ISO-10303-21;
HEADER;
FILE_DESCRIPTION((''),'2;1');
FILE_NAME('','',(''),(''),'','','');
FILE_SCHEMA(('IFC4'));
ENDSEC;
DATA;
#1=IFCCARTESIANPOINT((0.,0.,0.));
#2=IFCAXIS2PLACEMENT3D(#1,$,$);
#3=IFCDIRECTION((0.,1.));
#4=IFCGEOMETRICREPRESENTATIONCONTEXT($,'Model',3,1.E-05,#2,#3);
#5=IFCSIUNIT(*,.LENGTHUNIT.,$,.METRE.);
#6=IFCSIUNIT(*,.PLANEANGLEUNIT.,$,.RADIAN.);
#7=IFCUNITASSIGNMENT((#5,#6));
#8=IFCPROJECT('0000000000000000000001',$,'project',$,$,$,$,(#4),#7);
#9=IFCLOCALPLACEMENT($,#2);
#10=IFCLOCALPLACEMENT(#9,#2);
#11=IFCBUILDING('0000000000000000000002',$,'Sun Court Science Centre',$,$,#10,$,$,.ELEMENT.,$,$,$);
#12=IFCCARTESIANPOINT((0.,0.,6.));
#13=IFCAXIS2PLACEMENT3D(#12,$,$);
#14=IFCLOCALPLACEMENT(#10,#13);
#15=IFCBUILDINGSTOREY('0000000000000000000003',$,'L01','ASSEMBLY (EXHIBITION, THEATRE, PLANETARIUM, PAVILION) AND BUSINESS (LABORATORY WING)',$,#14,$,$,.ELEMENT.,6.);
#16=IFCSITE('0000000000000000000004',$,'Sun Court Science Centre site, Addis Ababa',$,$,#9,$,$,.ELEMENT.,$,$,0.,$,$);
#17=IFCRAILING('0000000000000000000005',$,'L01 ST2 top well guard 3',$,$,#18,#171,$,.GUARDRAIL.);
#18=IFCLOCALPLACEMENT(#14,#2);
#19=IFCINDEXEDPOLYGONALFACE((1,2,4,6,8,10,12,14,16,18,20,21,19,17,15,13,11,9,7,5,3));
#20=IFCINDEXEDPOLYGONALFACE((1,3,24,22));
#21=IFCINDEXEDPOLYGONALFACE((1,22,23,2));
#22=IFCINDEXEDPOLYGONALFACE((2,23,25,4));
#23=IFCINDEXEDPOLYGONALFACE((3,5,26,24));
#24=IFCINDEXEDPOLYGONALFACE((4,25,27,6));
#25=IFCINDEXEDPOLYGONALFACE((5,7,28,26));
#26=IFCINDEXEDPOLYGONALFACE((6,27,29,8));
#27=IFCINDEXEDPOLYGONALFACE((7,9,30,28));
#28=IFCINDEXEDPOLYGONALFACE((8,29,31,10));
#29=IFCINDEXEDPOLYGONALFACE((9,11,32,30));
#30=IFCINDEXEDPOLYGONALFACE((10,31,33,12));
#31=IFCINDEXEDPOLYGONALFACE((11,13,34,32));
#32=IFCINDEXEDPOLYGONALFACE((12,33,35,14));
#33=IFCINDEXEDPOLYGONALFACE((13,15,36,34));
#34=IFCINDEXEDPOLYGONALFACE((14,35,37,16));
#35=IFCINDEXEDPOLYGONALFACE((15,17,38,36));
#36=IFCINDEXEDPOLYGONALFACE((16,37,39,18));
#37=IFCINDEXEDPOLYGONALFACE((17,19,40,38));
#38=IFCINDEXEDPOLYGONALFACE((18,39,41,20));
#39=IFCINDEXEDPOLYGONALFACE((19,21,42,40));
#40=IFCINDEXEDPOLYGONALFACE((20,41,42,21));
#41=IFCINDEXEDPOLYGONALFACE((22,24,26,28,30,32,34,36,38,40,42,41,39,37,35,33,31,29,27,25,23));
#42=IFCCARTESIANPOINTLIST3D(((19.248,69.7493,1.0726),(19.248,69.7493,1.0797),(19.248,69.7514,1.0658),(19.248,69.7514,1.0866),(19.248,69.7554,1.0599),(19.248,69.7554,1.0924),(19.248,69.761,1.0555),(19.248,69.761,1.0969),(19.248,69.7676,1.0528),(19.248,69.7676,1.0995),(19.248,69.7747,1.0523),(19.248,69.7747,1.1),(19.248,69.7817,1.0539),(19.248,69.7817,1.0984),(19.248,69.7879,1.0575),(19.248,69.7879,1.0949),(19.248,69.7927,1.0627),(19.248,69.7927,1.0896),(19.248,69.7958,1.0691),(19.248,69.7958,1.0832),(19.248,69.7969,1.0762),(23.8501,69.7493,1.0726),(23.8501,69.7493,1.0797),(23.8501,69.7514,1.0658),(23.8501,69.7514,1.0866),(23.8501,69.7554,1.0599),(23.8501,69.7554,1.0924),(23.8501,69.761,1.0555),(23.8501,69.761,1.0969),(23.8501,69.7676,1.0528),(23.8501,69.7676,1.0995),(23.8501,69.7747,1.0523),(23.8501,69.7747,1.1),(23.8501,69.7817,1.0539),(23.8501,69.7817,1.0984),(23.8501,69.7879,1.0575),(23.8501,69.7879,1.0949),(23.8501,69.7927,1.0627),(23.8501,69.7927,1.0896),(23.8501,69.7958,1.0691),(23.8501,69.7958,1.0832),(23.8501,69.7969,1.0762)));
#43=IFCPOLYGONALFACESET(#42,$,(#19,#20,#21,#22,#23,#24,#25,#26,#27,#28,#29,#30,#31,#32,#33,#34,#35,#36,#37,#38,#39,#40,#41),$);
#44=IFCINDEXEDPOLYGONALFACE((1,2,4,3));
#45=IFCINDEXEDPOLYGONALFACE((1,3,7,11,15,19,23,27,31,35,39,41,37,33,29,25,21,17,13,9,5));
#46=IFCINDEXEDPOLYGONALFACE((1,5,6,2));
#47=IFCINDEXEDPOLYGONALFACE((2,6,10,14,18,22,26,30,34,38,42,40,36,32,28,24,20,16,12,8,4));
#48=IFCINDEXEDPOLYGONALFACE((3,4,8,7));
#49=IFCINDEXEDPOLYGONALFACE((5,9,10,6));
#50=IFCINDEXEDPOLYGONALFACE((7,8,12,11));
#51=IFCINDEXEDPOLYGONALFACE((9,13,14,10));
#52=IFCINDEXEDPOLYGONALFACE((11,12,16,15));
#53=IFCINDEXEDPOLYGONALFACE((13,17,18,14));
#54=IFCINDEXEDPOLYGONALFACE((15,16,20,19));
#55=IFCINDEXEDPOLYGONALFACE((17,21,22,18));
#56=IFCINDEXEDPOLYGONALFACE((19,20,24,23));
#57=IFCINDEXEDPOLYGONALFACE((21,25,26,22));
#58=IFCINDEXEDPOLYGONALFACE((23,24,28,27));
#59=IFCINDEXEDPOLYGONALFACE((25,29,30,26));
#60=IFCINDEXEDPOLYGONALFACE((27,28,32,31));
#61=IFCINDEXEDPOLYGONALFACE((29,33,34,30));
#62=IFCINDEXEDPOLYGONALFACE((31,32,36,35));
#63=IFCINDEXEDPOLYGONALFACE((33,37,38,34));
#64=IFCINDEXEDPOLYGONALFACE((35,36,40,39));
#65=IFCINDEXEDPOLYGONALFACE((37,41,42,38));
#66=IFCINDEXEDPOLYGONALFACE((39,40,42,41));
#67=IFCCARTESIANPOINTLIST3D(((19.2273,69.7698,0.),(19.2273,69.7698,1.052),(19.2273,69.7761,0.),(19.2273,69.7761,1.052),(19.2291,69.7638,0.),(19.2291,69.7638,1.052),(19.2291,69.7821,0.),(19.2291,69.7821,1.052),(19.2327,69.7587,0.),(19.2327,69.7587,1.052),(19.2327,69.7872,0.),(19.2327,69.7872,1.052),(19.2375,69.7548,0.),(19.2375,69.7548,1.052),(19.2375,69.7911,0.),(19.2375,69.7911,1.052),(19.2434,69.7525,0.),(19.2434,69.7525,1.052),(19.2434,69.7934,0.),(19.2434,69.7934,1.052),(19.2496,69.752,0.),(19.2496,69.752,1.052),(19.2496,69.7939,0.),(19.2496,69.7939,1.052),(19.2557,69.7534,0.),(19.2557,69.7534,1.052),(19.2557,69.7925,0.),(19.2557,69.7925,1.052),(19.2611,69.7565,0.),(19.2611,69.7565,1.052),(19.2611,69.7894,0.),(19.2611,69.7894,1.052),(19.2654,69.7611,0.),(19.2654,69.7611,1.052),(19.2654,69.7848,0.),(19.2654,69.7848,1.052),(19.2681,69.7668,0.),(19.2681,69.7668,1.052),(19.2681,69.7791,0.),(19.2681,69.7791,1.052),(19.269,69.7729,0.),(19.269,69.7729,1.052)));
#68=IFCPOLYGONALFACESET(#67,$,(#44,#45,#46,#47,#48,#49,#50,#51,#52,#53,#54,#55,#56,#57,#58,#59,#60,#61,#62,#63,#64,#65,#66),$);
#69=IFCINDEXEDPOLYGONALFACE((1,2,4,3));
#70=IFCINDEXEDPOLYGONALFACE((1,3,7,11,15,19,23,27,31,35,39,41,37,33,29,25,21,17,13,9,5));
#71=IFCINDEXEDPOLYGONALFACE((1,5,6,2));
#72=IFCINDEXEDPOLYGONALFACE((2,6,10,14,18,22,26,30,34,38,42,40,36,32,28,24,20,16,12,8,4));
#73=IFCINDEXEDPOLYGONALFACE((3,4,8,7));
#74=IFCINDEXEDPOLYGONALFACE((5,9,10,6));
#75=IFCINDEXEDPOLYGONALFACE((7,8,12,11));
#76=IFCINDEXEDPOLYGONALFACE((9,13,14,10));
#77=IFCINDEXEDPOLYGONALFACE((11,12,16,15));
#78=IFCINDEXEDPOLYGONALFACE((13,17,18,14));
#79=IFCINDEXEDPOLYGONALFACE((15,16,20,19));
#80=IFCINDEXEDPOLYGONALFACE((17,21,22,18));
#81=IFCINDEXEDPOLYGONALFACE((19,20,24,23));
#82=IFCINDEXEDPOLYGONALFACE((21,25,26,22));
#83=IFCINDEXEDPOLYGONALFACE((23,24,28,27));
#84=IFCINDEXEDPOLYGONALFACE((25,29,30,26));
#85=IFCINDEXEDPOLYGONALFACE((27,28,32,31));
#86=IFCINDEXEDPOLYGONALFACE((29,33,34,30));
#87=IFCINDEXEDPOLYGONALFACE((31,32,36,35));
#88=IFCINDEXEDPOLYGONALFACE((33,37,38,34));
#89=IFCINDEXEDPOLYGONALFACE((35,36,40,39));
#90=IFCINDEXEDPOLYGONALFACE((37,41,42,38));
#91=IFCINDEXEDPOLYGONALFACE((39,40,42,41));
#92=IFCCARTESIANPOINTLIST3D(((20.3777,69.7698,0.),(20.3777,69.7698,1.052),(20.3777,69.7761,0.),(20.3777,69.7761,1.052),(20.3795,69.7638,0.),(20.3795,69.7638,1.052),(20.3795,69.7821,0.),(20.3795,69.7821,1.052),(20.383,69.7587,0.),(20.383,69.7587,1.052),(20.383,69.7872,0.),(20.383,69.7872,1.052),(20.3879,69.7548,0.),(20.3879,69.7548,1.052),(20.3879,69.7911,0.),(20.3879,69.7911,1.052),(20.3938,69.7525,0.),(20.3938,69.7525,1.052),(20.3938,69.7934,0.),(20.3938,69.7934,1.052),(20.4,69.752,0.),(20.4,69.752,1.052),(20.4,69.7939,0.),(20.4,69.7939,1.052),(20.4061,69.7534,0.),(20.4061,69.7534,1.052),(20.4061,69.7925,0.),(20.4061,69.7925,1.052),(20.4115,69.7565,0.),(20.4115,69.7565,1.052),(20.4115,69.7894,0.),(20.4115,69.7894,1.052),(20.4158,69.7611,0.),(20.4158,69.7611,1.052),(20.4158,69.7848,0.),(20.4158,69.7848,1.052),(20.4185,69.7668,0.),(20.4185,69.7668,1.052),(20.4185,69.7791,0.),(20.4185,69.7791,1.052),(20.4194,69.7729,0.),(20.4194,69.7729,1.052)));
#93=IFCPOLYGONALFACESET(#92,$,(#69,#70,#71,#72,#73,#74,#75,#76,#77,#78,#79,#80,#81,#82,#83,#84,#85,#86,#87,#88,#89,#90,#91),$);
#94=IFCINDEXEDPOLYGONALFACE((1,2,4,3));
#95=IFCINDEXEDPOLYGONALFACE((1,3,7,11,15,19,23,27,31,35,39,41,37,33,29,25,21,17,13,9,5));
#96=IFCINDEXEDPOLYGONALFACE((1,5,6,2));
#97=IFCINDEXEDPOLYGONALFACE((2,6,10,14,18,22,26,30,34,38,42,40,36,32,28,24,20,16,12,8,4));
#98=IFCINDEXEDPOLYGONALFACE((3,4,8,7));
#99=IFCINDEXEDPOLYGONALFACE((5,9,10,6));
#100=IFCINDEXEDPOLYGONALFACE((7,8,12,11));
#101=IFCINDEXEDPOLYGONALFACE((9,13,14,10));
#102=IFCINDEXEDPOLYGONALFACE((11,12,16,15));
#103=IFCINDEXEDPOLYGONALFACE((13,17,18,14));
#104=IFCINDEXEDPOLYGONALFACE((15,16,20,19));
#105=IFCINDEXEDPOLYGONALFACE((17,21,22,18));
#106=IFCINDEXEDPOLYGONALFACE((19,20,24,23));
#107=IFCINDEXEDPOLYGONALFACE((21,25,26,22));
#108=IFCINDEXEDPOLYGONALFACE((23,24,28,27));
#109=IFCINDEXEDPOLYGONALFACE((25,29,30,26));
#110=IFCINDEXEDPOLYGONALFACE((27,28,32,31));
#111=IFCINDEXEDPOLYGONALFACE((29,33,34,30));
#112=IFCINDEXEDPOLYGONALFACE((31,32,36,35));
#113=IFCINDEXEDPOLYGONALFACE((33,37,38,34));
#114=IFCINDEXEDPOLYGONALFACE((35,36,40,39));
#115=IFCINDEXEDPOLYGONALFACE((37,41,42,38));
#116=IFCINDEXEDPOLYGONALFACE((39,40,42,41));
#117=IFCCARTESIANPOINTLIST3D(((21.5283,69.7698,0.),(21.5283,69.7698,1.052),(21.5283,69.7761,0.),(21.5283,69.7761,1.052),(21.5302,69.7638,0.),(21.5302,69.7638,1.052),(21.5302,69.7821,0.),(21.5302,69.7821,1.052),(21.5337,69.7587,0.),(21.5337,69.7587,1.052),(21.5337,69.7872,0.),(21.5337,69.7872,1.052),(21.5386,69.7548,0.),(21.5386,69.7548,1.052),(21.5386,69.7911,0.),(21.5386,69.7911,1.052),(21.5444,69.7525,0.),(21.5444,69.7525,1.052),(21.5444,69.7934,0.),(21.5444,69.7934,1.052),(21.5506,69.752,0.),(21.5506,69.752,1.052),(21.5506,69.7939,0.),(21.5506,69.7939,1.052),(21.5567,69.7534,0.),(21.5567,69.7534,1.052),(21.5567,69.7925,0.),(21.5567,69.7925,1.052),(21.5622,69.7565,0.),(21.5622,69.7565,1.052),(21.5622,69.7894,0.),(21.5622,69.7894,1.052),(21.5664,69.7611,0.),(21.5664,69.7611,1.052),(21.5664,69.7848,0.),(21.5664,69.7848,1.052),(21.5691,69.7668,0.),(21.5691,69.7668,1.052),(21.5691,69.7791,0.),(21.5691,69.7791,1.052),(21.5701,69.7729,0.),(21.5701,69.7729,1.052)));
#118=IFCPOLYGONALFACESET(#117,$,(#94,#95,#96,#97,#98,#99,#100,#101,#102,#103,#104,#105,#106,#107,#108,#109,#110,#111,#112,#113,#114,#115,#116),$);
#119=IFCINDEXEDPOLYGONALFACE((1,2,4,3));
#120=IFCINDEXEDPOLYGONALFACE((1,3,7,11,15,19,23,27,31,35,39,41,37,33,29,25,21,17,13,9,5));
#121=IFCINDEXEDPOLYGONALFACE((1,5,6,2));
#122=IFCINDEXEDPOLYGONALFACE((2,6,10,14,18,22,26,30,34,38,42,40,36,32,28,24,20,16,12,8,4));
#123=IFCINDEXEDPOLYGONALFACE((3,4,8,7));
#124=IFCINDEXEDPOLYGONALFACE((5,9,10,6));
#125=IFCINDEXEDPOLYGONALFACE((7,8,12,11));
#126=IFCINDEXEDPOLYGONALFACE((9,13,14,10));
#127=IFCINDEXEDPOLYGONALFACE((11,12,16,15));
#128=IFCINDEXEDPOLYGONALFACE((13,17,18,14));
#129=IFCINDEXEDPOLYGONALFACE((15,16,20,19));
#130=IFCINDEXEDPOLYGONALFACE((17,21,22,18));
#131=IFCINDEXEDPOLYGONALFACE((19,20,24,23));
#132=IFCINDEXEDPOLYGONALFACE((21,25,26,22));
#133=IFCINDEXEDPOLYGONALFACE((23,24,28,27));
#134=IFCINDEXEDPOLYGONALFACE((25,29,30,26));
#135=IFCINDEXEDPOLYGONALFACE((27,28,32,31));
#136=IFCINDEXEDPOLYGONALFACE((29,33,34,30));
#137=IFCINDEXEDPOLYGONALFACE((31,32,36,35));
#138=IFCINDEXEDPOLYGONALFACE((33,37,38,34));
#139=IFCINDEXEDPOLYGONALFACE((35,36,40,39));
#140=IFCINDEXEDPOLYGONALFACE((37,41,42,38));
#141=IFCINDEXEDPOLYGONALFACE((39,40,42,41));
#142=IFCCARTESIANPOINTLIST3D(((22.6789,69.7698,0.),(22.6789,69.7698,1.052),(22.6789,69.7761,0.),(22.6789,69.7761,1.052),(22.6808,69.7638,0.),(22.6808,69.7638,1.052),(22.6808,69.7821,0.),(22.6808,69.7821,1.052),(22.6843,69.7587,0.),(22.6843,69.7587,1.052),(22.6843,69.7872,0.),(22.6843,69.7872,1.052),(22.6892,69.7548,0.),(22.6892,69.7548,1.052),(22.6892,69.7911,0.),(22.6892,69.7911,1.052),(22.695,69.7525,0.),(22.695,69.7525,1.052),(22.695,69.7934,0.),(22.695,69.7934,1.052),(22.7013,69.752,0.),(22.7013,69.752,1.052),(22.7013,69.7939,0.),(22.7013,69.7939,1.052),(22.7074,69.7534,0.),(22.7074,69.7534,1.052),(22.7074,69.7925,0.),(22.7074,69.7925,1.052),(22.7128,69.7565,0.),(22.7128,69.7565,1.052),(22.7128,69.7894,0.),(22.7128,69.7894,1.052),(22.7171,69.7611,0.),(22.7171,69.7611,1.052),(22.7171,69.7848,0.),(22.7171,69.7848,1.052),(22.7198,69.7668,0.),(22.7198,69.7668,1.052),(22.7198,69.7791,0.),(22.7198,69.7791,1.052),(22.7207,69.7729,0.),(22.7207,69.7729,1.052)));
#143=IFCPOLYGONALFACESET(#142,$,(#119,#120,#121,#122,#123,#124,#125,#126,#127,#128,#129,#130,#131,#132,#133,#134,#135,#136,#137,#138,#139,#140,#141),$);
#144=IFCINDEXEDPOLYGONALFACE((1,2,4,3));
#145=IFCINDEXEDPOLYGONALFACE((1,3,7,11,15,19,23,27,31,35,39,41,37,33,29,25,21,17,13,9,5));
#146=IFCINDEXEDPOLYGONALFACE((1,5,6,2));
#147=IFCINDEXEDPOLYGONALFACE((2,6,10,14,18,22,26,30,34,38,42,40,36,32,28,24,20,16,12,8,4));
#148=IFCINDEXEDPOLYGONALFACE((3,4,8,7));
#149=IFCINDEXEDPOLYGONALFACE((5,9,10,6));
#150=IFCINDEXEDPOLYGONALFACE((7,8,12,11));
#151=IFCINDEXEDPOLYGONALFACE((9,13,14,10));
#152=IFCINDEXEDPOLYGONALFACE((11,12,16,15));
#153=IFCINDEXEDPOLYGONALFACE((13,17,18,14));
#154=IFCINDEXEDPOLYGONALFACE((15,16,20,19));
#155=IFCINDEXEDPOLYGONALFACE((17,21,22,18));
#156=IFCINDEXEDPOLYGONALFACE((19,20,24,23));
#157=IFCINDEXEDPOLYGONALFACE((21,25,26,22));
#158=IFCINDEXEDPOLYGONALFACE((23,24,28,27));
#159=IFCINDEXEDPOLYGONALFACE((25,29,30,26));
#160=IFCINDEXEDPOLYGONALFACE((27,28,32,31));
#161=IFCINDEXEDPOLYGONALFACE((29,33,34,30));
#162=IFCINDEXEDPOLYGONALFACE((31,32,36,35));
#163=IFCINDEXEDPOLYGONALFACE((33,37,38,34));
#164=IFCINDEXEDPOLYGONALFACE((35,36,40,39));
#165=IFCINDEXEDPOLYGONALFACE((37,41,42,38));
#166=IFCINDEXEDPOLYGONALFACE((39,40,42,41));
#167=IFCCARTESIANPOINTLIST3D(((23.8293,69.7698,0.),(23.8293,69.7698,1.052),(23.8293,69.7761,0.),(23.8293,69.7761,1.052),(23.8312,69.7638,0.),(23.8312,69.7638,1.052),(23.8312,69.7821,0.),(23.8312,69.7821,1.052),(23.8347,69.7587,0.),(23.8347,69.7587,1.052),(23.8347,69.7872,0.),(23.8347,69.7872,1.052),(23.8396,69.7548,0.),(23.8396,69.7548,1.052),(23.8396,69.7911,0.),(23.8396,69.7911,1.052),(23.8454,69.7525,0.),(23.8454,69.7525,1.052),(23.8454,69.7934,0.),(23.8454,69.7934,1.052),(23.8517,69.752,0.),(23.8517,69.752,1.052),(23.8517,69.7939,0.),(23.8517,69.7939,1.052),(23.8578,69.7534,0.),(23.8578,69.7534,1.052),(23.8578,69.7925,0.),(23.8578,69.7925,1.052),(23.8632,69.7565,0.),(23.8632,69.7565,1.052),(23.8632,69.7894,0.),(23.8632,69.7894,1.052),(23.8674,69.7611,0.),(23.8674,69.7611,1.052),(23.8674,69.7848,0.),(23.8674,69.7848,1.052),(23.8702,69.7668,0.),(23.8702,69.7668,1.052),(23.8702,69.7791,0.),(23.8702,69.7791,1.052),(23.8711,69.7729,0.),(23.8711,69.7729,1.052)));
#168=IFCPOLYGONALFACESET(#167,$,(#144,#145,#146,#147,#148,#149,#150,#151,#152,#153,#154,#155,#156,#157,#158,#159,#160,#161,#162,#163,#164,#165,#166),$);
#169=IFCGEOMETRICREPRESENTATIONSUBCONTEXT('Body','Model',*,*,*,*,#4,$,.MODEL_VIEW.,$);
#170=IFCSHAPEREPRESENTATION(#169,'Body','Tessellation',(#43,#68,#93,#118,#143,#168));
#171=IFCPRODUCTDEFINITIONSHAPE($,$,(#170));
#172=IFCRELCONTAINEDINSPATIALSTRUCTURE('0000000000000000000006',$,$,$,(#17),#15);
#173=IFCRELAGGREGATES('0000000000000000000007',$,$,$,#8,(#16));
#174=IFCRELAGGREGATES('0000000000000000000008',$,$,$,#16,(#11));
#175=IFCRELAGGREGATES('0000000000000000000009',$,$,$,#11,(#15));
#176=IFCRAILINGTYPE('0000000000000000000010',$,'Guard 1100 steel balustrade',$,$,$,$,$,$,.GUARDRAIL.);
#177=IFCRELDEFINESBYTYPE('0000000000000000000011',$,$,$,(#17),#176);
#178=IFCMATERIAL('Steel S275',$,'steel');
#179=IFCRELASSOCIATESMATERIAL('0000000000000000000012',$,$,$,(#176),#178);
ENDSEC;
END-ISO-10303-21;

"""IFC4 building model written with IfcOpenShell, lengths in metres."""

from ifc_helpers import new_model, si_unit, direction, frame, origin, origin_2d, place, context, subcontext, project, spatial, circle, extrude, material, type_object, element, save


model = new_model("IFC4")

# Units and contexts
model_context = context("Model", 3, precision=1e-05, world=origin(), true_north=direction((0.0, 1.0)))
body_context = subcontext(model_context, "Body", "Model", "MODEL_VIEW")
ifc_project = project(units=[si_unit("LENGTHUNIT", "METRE"), si_unit("PLANEANGLEUNIT", "RADIAN")], contexts=[model_context])

# Site, building, storey
site_placement = place(None, origin())
site = spatial("IfcSite", under=ifc_project, at=site_placement, Name="Sun Court Science Centre site, Addis Ababa", CompositionType="ELEMENT", RefElevation=0.0)
building_placement = place(site_placement, origin())
building = spatial("IfcBuilding", under=site, at=building_placement, Name="Sun Court Science Centre", CompositionType="ELEMENT")
storey_placement = place(building_placement, frame((0.0, 0.0, 6.0)))
storey = spatial("IfcBuildingStorey", under=building, at=storey_placement, Name="L01", Description="ASSEMBLY (EXHIBITION, THEATRE, PLANETARIUM, PAVILION) AND BUSINESS (LABORATORY WING)", CompositionType="ELEMENT", Elevation=6.0)

# Railing
ifc_material_1 = material(Name="Steel S275", Category="steel")
railing_type = type_object("IfcRailingType", Name="Guard 1100 steel balustrade", PredefinedType="GUARDRAIL", material=ifc_material_1)
for number, where, name in (
    (1, (19.248, 69.7729, 0.0), "L01 ST2 top well guard 3"),
):
    element("IfcRailing", number, at=place(storey_placement, frame(where)), inside=storey, type_object=railing_type, Name=name, PredefinedType="GUARDRAIL", context=body_context, shape_type="SweptSolid", body=[
        extrude(circle(Radius=0.0239, at=origin_2d()), frame((0.0, 0.0, 1.0762), z_axis=(1.0, 0.0, 0.0), x_axis=(0.0, 1.0, 0.0)), (0.0, 0.0, 1.0), 4.6021),
        extrude(circle(Radius=0.021, at=origin_2d()), origin(), (0.0, 0.0, 1.0), 1.052),
        extrude(circle(Radius=0.021, at=origin_2d()), frame((1.1504, 0.0, 0.0)), (0.0, 0.0, 1.0), 1.052),
        extrude(circle(Radius=0.021, at=origin_2d()), frame((2.301, 0.0, 0.0)), (0.0, 0.0, 1.0), 1.052),
        extrude(circle(Radius=0.021, at=origin_2d()), frame((3.4517, 0.0, 0.0)), (0.0, 0.0, 1.0), 1.052),
        extrude(circle(Radius=0.021, at=origin_2d()), frame((4.6021, 0.0, 0.0)), (0.0, 0.0, 1.0), 1.052),
    ])

save(model, "model.ifc")
